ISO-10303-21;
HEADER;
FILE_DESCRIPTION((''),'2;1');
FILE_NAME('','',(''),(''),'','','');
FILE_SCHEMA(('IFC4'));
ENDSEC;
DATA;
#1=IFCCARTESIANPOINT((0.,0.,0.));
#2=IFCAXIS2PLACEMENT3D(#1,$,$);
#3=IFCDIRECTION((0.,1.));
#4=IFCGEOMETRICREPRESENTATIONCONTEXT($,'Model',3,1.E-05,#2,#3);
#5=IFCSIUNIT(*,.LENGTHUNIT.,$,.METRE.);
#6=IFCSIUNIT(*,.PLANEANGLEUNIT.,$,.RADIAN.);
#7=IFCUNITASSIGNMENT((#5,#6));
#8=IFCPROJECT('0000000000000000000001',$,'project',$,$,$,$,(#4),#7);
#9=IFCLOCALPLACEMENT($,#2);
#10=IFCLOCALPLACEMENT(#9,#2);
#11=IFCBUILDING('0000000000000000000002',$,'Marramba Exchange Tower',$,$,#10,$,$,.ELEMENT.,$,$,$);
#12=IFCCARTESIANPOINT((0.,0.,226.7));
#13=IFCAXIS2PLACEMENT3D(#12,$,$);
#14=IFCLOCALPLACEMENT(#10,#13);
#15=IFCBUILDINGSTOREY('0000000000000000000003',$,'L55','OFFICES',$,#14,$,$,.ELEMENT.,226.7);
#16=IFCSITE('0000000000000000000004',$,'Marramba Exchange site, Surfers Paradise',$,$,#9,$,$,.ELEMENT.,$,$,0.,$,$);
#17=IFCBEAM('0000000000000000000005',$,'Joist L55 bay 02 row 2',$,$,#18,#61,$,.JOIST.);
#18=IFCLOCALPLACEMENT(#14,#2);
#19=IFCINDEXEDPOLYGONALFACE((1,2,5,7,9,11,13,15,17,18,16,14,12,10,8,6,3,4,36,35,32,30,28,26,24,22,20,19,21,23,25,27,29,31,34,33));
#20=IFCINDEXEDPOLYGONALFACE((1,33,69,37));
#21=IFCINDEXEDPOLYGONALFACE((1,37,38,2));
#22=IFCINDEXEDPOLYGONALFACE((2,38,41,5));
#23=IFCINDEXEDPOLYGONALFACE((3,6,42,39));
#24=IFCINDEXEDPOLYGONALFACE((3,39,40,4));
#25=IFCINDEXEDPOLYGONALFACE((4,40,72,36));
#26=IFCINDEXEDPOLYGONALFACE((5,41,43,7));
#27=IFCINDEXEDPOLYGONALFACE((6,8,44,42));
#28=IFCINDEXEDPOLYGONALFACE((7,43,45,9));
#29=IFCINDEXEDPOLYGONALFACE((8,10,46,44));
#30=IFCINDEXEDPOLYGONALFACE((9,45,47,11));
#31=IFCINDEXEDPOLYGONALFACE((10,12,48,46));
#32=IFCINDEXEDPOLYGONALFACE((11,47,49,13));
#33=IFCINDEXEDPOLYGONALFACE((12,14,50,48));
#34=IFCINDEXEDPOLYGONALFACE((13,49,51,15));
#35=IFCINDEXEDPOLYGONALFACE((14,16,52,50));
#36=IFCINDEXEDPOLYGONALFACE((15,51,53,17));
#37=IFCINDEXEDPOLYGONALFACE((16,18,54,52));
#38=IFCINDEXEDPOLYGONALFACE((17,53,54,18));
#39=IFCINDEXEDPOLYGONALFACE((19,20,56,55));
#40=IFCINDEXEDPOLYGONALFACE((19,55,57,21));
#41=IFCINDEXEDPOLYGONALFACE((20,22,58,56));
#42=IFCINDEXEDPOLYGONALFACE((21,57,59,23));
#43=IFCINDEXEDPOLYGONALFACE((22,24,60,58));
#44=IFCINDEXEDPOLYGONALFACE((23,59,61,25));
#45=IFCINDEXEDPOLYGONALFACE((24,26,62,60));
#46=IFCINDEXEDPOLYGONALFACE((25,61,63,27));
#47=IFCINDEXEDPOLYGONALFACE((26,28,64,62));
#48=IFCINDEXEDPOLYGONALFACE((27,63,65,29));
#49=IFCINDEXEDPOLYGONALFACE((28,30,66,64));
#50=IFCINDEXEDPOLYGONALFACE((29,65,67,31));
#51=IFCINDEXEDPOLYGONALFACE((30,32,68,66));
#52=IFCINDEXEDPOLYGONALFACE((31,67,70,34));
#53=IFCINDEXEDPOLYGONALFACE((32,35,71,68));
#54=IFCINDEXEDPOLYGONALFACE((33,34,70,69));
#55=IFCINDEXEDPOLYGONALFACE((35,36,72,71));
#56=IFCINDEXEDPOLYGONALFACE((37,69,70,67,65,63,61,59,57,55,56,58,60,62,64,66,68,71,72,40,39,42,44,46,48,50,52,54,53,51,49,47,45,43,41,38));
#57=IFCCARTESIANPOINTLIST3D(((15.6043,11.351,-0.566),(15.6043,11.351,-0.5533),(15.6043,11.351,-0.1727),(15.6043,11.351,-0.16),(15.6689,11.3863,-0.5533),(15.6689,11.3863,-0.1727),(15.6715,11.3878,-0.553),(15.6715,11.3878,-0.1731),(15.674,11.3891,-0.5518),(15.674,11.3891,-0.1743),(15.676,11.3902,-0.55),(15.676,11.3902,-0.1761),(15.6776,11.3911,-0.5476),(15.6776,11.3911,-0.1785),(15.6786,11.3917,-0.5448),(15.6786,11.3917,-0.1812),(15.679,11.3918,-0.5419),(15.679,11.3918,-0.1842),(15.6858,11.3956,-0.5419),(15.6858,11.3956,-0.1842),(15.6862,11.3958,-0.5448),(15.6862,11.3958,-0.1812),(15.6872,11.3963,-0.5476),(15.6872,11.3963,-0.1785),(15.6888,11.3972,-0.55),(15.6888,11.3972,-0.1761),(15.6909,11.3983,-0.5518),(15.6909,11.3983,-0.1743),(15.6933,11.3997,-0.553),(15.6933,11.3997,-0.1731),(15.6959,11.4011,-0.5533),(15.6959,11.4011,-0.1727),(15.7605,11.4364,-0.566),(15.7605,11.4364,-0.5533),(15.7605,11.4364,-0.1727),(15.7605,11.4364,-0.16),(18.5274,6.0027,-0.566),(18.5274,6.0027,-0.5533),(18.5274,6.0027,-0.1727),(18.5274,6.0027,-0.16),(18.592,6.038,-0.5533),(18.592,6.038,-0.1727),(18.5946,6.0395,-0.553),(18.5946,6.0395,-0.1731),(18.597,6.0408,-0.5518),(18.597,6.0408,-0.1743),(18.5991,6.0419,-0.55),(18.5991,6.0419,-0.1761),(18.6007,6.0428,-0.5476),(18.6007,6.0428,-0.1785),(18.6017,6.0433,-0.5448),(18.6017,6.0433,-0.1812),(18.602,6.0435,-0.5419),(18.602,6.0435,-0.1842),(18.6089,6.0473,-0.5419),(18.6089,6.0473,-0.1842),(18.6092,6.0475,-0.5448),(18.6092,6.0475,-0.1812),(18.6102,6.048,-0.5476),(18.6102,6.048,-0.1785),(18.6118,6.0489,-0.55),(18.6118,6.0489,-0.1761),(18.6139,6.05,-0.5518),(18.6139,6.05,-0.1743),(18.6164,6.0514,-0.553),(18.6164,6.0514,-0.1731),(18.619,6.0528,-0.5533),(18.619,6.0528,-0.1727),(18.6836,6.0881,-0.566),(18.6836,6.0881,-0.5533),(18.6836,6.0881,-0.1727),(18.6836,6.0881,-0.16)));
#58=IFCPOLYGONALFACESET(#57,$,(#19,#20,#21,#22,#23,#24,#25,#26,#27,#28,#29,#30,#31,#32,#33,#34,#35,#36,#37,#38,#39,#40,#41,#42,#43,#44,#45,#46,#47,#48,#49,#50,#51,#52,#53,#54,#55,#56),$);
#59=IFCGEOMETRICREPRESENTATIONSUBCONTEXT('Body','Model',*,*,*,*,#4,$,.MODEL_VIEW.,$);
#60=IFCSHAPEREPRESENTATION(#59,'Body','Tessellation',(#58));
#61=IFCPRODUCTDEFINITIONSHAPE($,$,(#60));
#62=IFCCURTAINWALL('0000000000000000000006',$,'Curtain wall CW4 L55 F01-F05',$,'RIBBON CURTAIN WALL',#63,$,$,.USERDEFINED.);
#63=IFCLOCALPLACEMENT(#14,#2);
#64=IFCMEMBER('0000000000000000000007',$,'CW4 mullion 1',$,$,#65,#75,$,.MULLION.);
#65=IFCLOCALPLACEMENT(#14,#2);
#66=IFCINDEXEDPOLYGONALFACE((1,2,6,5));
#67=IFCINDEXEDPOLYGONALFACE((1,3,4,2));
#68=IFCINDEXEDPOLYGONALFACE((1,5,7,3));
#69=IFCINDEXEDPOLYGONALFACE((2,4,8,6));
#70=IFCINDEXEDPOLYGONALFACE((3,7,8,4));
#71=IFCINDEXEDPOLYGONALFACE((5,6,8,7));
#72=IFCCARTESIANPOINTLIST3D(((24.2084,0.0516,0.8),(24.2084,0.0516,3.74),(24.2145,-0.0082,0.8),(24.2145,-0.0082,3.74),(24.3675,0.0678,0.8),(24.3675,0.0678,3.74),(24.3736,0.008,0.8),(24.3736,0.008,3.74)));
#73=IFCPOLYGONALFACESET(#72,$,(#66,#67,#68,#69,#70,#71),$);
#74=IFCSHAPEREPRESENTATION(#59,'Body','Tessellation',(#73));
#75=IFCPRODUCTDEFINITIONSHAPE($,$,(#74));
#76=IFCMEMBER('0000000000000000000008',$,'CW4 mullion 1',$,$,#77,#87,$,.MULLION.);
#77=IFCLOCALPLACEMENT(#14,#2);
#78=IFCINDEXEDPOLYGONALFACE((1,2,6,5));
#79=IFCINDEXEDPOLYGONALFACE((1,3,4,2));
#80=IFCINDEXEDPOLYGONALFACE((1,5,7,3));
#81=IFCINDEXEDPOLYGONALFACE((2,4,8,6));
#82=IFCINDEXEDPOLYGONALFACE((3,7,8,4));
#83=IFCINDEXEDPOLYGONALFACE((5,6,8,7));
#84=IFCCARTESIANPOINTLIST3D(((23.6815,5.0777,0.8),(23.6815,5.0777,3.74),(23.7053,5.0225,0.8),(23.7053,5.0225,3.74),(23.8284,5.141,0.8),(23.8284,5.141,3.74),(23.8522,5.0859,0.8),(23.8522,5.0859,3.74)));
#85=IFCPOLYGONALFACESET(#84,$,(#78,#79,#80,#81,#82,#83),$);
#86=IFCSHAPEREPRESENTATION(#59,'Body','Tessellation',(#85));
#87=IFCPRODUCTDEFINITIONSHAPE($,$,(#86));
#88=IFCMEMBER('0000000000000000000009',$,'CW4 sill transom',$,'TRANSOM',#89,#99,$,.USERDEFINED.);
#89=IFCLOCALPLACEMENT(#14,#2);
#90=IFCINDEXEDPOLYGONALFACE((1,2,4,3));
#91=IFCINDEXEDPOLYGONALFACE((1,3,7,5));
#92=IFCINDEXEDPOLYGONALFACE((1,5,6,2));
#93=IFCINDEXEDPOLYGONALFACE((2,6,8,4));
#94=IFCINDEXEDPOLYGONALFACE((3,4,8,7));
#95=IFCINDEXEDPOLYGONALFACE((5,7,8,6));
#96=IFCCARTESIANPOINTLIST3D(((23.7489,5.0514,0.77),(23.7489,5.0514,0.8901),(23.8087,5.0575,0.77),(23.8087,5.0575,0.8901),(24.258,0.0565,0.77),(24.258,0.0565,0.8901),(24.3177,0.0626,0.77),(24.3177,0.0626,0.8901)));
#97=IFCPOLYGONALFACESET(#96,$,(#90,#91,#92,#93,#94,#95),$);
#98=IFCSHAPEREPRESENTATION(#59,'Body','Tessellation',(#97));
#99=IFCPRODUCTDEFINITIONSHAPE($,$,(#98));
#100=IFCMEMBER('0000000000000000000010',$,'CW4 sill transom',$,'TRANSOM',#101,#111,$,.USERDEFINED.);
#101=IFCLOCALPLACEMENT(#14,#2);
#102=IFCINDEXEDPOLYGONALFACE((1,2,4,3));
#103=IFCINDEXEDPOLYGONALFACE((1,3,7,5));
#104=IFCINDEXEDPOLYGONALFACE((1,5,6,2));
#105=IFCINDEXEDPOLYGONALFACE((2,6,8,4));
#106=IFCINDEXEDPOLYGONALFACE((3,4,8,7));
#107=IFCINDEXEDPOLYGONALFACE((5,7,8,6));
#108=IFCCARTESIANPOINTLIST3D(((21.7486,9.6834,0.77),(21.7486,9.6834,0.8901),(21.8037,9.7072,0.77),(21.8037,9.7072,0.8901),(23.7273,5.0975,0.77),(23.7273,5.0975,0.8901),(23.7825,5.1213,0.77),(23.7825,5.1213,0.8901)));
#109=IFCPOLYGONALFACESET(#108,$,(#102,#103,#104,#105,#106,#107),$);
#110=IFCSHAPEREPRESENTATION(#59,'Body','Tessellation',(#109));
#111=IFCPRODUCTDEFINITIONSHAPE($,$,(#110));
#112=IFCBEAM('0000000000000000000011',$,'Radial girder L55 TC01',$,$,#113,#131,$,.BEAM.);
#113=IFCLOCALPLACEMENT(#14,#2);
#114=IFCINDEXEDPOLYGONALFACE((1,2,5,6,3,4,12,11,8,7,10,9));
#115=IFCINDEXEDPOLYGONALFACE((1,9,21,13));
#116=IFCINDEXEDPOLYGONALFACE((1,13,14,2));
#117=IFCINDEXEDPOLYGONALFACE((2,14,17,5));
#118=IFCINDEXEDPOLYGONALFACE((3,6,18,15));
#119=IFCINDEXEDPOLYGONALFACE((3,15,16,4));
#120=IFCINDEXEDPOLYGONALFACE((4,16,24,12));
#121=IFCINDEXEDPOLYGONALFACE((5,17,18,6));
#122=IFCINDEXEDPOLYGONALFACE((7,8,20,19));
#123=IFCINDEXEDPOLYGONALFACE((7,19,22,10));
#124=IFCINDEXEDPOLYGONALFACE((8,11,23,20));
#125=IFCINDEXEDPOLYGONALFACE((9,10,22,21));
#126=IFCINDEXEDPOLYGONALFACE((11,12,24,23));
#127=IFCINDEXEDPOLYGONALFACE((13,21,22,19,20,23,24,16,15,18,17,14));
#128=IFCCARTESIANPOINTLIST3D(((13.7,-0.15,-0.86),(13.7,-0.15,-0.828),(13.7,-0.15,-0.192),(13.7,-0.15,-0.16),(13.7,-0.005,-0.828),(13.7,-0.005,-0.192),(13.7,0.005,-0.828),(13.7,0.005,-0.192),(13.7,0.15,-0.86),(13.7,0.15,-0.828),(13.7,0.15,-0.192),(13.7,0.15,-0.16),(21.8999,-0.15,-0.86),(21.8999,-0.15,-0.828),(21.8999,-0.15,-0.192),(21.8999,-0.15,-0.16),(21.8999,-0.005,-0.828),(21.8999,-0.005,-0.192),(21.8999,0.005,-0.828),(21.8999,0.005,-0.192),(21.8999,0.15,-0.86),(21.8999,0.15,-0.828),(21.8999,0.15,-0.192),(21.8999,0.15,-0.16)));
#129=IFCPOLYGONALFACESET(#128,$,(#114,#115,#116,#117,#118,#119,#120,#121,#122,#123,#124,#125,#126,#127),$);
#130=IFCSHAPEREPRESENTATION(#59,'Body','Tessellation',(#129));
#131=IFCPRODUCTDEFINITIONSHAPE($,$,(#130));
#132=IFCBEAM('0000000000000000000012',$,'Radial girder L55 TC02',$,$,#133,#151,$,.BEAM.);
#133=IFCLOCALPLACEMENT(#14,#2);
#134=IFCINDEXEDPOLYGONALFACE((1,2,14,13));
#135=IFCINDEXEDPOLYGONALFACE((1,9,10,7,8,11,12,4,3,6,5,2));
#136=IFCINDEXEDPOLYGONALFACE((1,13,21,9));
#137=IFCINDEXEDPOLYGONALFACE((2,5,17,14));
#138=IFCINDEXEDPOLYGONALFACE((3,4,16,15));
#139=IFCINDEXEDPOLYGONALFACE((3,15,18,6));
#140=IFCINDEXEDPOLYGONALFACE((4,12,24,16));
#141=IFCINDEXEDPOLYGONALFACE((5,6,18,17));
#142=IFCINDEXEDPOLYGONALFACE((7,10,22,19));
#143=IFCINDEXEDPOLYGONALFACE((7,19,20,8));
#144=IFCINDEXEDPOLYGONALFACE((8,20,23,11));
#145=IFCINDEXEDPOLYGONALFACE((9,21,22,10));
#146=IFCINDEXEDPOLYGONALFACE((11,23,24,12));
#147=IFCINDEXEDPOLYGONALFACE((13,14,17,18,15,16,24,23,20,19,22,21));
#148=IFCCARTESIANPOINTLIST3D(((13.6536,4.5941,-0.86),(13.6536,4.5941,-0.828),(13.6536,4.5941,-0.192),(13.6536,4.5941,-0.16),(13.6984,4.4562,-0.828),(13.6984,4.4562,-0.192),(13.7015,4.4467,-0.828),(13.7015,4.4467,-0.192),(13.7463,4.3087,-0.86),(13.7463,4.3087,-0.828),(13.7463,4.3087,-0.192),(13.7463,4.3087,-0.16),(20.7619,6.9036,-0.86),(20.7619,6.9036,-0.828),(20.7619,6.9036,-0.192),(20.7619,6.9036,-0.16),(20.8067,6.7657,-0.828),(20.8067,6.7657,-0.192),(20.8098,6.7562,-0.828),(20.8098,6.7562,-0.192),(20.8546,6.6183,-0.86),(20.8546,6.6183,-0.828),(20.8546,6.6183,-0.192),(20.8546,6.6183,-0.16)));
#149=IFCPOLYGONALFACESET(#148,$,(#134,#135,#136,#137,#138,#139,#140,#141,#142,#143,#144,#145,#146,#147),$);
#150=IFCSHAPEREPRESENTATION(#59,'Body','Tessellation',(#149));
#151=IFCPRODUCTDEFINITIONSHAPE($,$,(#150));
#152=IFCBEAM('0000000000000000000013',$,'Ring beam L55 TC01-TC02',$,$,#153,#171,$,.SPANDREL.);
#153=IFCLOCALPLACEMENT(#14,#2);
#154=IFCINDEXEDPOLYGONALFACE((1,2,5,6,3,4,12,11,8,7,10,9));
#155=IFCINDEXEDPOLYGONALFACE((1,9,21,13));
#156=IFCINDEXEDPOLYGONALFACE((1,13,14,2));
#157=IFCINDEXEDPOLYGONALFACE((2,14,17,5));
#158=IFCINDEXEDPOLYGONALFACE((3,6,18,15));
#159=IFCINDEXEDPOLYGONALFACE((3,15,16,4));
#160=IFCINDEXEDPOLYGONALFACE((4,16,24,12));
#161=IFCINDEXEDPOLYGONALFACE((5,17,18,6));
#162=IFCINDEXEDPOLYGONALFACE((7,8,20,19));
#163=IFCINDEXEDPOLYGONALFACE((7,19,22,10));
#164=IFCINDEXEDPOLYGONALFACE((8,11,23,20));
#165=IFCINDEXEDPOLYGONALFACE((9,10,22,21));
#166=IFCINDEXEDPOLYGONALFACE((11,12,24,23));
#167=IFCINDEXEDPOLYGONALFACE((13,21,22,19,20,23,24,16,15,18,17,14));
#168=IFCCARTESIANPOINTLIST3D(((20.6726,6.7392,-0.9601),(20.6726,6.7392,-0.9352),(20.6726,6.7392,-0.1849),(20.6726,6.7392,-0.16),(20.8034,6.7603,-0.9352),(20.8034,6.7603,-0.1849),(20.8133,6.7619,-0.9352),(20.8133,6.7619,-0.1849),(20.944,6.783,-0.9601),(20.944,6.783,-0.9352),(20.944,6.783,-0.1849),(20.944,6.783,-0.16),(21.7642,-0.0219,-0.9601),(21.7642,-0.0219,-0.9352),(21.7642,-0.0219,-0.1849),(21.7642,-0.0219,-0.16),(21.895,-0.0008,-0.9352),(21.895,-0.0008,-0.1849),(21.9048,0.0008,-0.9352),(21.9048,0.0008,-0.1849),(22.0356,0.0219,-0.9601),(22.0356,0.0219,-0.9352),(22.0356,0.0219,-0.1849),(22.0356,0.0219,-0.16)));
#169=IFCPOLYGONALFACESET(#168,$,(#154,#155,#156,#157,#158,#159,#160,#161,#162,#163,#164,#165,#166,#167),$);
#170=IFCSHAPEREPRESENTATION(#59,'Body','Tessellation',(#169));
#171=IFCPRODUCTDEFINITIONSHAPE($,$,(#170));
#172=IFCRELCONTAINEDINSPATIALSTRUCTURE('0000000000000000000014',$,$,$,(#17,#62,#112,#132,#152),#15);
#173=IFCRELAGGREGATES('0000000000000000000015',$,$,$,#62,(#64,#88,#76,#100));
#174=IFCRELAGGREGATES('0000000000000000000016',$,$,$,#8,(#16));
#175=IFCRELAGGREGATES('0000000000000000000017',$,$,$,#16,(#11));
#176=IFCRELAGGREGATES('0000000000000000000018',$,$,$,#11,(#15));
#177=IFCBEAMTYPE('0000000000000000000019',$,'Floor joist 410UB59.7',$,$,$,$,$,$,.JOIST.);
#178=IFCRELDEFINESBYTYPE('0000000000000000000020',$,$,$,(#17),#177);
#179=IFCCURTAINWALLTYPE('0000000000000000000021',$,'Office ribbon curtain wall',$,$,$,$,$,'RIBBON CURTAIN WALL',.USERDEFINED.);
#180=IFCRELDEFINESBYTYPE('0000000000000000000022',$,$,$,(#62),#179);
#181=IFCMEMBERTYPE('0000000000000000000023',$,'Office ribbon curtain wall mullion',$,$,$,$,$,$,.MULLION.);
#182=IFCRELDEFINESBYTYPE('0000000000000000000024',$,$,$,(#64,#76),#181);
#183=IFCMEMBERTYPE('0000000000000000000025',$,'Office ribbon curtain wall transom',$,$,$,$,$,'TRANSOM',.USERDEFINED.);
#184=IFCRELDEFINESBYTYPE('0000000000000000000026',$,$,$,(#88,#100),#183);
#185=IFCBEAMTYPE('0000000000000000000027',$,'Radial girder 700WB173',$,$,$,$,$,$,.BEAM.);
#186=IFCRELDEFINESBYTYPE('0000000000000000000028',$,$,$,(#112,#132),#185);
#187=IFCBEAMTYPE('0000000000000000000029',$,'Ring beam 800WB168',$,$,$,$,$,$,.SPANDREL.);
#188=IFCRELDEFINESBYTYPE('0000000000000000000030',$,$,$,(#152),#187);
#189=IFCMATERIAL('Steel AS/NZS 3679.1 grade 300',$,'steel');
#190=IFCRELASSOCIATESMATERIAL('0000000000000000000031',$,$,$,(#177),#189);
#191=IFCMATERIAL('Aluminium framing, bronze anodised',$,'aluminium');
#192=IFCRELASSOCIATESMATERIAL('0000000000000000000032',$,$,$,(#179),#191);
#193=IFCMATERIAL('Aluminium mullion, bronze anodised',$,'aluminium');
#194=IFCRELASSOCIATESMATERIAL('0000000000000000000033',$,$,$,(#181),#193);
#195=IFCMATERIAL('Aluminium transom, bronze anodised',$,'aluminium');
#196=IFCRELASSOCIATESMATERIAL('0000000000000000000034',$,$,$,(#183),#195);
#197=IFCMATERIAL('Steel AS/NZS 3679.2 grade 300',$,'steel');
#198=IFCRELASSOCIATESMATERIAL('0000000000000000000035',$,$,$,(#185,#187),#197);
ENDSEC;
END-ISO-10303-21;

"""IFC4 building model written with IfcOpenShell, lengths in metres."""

from ifc_helpers import new_model, si_unit, direction, frame, origin, origin_2d, place, context, subcontext, project, spatial, rectangle, i_section, extrude, material, material_profile, profile_set, type_object, element, aggregate, save


model = new_model("IFC4")

# Units and contexts
model_context = context("Model", 3, precision=1e-05, world=origin(), true_north=direction((0.0, 1.0)))
body_context = subcontext(model_context, "Body", "Model", "MODEL_VIEW")
ifc_project = project(units=[si_unit("LENGTHUNIT", "METRE"), si_unit("PLANEANGLEUNIT", "RADIAN")], contexts=[model_context])

# Site, building, storey
site_placement = place(None, origin())
site = spatial("IfcSite", under=ifc_project, at=site_placement, Name="Marramba Exchange site, Surfers Paradise", CompositionType="ELEMENT", RefElevation=0.0)
building_placement = place(site_placement, origin())
building = spatial("IfcBuilding", under=site, at=building_placement, Name="Marramba Exchange Tower", CompositionType="ELEMENT")
storey_placement = place(building_placement, frame((0.0, 0.0, 226.7)))
storey = spatial("IfcBuildingStorey", under=building, at=storey_placement, Name="L55", Description="OFFICES", CompositionType="ELEMENT", Elevation=226.7)

# Beam
ifc_material_1 = material(Name="Steel AS/NZS 3679.2 grade 300", Category="steel")
ifc_material_2 = material(Name="Steel AS/NZS 3679.1 grade 300", Category="steel")
ifc_material_profile_1 = material_profile(ifc_material_2, i_section(OverallWidth=0.178, OverallDepth=0.406, WebThickness=0.0078, FlangeThickness=0.0127, FilletRadius=0.0115, at=origin_2d()), Name="410UB59.7")
ifc_profile_set_1 = profile_set([ifc_material_profile_1], Name="Steel AS/NZS 3679.1 grade 300")
beam_type_1 = type_object("IfcBeamType", Name="Floor joist 410UB59.7", PredefinedType="JOIST", material=ifc_profile_set_1)
beam_1_placement = place(storey_placement, frame((18.6055, 6.0454, -0.363), z_axis=(-0.479584, 0.877496, 0.0), x_axis=(-0.877496, -0.479584, 0.0)))
element("IfcBeam", 1, at=beam_1_placement, inside=storey, type_object=beam_type_1, Name="Joist L55 bay 02 row 2", PredefinedType="JOIST", context=body_context, shape_type="SweptSolid", body=[
    extrude(i_section(OverallWidth=0.178, OverallDepth=0.406, WebThickness=0.0078, FlangeThickness=0.0127, FilletRadius=0.0115, at=origin_2d()), origin(), (0.0, 0.0, 1.0), 6.095),
])

# Curtain wall, members
ifc_material_3 = material(Name="Aluminium framing, bronze anodised", Category="aluminium")
curtain_wall_type = type_object("IfcCurtainWallType", Name="Office ribbon curtain wall", ElementType="RIBBON CURTAIN WALL", PredefinedType="USERDEFINED", material=ifc_material_3)
curtain_wall_placement = place(storey_placement, origin())
curtain_wall = element("IfcCurtainWall", 2, at=curtain_wall_placement, inside=storey, type_object=curtain_wall_type, Name="Curtain wall CW4 L55 F01-F05", ObjectType="RIBBON CURTAIN WALL", PredefinedType="USERDEFINED")
ifc_material_4 = material(Name="Aluminium mullion, bronze anodised", Category="aluminium")
ifc_material_profile_2 = material_profile(ifc_material_4, rectangle(XDim=0.1599, YDim=0.0601, at=origin_2d()), Name="CW4 mullion 60x160")
ifc_profile_set_2 = profile_set([ifc_material_profile_2], Name="Aluminium mullion, bronze anodised")
member_type_1 = type_object("IfcMemberType", Name="Office ribbon curtain wall mullion", PredefinedType="MULLION", material=ifc_profile_set_2)
member_1_placement = place(storey_placement, frame((24.291, 0.0298, 0.8), z_axis=(0.0, 0.0, 1.0), x_axis=(-0.994843, -0.101422, 0.0)))
member_1 = element("IfcMember", 3, at=member_1_placement, type_object=member_type_1, Name="CW4 mullion 1", PredefinedType="MULLION", context=body_context, shape_type="SweptSolid", body=[
    extrude(rectangle(XDim=0.1599, YDim=0.0601, at=origin_2d()), origin(), (0.0, 0.0, 1.0), 2.9399),
])
member_2_placement = place(storey_placement, frame((23.7668, 5.0818, 0.8), z_axis=(0.0, 0.0, 1.0), x_axis=(-0.918167, -0.396193, 0.0)))
member_2 = element("IfcMember", 4, at=member_2_placement, type_object=member_type_1, Name="CW4 mullion 1", PredefinedType="MULLION", context=body_context, shape_type="SweptSolid", body=[
    extrude(rectangle(XDim=0.1599, YDim=0.0601, at=origin_2d()), origin(), (0.0, 0.0, 1.0), 2.9399),
])
ifc_material_5 = material(Name="Aluminium transom, bronze anodised", Category="aluminium")
ifc_material_profile_3 = material_profile(ifc_material_5, rectangle(XDim=0.0601, YDim=0.1201, at=origin_2d()), Name="CW4 transom 60x120")
ifc_profile_set_3 = profile_set([ifc_material_profile_3], Name="Aluminium transom, bronze anodised")
member_type_2 = type_object("IfcMemberType", Name="Office ribbon curtain wall transom", ElementType="TRANSOM", PredefinedType="USERDEFINED", material=ifc_profile_set_3)
member_3_placement = place(storey_placement, frame((24.2878, 0.0596, 0.8301), z_axis=(-0.101386, 0.994847, 0.0), x_axis=(-0.994847, -0.101386, 0.0)))
member_3 = element("IfcMember", 5, at=member_3_placement, type_object=member_type_2, Name="CW4 sill transom", ObjectType="TRANSOM", PredefinedType="USERDEFINED", context=body_context, shape_type="SweptSolid", body=[
    extrude(rectangle(XDim=0.0601, YDim=0.1201, at=origin_2d()), origin(), (0.0, 0.0, 1.0), 5.0208),
])
member_4_placement = place(storey_placement, frame((23.7549, 5.1094, 0.8301), z_axis=(-0.396178, 0.918174, 0.0), x_axis=(-0.918174, -0.396178, 0.0)))
member_4 = element("IfcMember", 6, at=member_4_placement, type_object=member_type_2, Name="CW4 sill transom", ObjectType="TRANSOM", PredefinedType="USERDEFINED", context=body_context, shape_type="SweptSolid", body=[
    extrude(rectangle(XDim=0.0601, YDim=0.1201, at=origin_2d()), origin(), (0.0, 0.0, 1.0), 4.9946),
])

# Beams
ifc_material_profile_4 = material_profile(ifc_material_1, i_section(OverallWidth=0.3, OverallDepth=0.7, WebThickness=0.01, FlangeThickness=0.032, at=origin_2d()), Name="700WB173")
ifc_profile_set_4 = profile_set([ifc_material_profile_4], Name="Steel AS/NZS 3679.2 grade 300")
beam_type_2 = type_object("IfcBeamType", Name="Radial girder 700WB173", PredefinedType="BEAM", material=ifc_profile_set_4)
beam_2_placement = place(storey_placement, frame((13.7, 0.0, -0.51), z_axis=(1.0, 0.0, 0.0), x_axis=(0.0, 1.0, 0.0)))
element("IfcBeam", 7, at=beam_2_placement, inside=storey, type_object=beam_type_2, Name="Radial girder L55 TC01", PredefinedType="BEAM", context=body_context, shape_type="SweptSolid", body=[
    extrude(i_section(OverallWidth=0.3, OverallDepth=0.7, WebThickness=0.01, FlangeThickness=0.032, at=origin_2d()), origin(), (0.0, 0.0, 1.0), 8.2),
])
beam_3_placement = place(storey_placement, frame((13.7, 4.4514, -0.51), z_axis=(0.95106, 0.309006, 0.0), x_axis=(-0.309006, 0.95106, 0.0)))
element("IfcBeam", 8, at=beam_3_placement, inside=storey, type_object=beam_type_2, Name="Radial girder L55 TC02", PredefinedType="BEAM", context=body_context, shape_type="SweptSolid", body=[
    extrude(i_section(OverallWidth=0.3, OverallDepth=0.7, WebThickness=0.01, FlangeThickness=0.032, at=origin_2d()), origin(), (0.0, 0.0, 1.0), 7.4741),
])
ifc_material_profile_5 = material_profile(ifc_material_1, i_section(OverallWidth=0.2749, OverallDepth=0.8, WebThickness=0.01, FlangeThickness=0.0249, at=origin_2d()), Name="800WB168")
ifc_profile_set_5 = profile_set([ifc_material_profile_5], Name="Steel AS/NZS 3679.2 grade 300")
beam_type_3 = type_object("IfcBeamType", Name="Ring beam 800WB168", PredefinedType="SPANDREL", material=ifc_profile_set_5)
beam_4_placement = place(storey_placement, frame((21.8999, 0.0, -0.5601), z_axis=(-0.159385, 0.987217, 0.0), x_axis=(-0.987217, -0.159385, 0.0)))
element("IfcBeam", 9, at=beam_4_placement, inside=storey, type_object=beam_type_3, Name="Ring beam L55 TC01-TC02", PredefinedType="SPANDREL", context=body_context, shape_type="SweptSolid", body=[
    extrude(i_section(OverallWidth=0.2749, OverallDepth=0.8, WebThickness=0.01, FlangeThickness=0.0249, at=origin_2d()), origin(), (0.0, 0.0, 1.0), 6.8486),
])

aggregate(curtain_wall, [member_1, member_3, member_2, member_4])

save(model, "model.ifc")
